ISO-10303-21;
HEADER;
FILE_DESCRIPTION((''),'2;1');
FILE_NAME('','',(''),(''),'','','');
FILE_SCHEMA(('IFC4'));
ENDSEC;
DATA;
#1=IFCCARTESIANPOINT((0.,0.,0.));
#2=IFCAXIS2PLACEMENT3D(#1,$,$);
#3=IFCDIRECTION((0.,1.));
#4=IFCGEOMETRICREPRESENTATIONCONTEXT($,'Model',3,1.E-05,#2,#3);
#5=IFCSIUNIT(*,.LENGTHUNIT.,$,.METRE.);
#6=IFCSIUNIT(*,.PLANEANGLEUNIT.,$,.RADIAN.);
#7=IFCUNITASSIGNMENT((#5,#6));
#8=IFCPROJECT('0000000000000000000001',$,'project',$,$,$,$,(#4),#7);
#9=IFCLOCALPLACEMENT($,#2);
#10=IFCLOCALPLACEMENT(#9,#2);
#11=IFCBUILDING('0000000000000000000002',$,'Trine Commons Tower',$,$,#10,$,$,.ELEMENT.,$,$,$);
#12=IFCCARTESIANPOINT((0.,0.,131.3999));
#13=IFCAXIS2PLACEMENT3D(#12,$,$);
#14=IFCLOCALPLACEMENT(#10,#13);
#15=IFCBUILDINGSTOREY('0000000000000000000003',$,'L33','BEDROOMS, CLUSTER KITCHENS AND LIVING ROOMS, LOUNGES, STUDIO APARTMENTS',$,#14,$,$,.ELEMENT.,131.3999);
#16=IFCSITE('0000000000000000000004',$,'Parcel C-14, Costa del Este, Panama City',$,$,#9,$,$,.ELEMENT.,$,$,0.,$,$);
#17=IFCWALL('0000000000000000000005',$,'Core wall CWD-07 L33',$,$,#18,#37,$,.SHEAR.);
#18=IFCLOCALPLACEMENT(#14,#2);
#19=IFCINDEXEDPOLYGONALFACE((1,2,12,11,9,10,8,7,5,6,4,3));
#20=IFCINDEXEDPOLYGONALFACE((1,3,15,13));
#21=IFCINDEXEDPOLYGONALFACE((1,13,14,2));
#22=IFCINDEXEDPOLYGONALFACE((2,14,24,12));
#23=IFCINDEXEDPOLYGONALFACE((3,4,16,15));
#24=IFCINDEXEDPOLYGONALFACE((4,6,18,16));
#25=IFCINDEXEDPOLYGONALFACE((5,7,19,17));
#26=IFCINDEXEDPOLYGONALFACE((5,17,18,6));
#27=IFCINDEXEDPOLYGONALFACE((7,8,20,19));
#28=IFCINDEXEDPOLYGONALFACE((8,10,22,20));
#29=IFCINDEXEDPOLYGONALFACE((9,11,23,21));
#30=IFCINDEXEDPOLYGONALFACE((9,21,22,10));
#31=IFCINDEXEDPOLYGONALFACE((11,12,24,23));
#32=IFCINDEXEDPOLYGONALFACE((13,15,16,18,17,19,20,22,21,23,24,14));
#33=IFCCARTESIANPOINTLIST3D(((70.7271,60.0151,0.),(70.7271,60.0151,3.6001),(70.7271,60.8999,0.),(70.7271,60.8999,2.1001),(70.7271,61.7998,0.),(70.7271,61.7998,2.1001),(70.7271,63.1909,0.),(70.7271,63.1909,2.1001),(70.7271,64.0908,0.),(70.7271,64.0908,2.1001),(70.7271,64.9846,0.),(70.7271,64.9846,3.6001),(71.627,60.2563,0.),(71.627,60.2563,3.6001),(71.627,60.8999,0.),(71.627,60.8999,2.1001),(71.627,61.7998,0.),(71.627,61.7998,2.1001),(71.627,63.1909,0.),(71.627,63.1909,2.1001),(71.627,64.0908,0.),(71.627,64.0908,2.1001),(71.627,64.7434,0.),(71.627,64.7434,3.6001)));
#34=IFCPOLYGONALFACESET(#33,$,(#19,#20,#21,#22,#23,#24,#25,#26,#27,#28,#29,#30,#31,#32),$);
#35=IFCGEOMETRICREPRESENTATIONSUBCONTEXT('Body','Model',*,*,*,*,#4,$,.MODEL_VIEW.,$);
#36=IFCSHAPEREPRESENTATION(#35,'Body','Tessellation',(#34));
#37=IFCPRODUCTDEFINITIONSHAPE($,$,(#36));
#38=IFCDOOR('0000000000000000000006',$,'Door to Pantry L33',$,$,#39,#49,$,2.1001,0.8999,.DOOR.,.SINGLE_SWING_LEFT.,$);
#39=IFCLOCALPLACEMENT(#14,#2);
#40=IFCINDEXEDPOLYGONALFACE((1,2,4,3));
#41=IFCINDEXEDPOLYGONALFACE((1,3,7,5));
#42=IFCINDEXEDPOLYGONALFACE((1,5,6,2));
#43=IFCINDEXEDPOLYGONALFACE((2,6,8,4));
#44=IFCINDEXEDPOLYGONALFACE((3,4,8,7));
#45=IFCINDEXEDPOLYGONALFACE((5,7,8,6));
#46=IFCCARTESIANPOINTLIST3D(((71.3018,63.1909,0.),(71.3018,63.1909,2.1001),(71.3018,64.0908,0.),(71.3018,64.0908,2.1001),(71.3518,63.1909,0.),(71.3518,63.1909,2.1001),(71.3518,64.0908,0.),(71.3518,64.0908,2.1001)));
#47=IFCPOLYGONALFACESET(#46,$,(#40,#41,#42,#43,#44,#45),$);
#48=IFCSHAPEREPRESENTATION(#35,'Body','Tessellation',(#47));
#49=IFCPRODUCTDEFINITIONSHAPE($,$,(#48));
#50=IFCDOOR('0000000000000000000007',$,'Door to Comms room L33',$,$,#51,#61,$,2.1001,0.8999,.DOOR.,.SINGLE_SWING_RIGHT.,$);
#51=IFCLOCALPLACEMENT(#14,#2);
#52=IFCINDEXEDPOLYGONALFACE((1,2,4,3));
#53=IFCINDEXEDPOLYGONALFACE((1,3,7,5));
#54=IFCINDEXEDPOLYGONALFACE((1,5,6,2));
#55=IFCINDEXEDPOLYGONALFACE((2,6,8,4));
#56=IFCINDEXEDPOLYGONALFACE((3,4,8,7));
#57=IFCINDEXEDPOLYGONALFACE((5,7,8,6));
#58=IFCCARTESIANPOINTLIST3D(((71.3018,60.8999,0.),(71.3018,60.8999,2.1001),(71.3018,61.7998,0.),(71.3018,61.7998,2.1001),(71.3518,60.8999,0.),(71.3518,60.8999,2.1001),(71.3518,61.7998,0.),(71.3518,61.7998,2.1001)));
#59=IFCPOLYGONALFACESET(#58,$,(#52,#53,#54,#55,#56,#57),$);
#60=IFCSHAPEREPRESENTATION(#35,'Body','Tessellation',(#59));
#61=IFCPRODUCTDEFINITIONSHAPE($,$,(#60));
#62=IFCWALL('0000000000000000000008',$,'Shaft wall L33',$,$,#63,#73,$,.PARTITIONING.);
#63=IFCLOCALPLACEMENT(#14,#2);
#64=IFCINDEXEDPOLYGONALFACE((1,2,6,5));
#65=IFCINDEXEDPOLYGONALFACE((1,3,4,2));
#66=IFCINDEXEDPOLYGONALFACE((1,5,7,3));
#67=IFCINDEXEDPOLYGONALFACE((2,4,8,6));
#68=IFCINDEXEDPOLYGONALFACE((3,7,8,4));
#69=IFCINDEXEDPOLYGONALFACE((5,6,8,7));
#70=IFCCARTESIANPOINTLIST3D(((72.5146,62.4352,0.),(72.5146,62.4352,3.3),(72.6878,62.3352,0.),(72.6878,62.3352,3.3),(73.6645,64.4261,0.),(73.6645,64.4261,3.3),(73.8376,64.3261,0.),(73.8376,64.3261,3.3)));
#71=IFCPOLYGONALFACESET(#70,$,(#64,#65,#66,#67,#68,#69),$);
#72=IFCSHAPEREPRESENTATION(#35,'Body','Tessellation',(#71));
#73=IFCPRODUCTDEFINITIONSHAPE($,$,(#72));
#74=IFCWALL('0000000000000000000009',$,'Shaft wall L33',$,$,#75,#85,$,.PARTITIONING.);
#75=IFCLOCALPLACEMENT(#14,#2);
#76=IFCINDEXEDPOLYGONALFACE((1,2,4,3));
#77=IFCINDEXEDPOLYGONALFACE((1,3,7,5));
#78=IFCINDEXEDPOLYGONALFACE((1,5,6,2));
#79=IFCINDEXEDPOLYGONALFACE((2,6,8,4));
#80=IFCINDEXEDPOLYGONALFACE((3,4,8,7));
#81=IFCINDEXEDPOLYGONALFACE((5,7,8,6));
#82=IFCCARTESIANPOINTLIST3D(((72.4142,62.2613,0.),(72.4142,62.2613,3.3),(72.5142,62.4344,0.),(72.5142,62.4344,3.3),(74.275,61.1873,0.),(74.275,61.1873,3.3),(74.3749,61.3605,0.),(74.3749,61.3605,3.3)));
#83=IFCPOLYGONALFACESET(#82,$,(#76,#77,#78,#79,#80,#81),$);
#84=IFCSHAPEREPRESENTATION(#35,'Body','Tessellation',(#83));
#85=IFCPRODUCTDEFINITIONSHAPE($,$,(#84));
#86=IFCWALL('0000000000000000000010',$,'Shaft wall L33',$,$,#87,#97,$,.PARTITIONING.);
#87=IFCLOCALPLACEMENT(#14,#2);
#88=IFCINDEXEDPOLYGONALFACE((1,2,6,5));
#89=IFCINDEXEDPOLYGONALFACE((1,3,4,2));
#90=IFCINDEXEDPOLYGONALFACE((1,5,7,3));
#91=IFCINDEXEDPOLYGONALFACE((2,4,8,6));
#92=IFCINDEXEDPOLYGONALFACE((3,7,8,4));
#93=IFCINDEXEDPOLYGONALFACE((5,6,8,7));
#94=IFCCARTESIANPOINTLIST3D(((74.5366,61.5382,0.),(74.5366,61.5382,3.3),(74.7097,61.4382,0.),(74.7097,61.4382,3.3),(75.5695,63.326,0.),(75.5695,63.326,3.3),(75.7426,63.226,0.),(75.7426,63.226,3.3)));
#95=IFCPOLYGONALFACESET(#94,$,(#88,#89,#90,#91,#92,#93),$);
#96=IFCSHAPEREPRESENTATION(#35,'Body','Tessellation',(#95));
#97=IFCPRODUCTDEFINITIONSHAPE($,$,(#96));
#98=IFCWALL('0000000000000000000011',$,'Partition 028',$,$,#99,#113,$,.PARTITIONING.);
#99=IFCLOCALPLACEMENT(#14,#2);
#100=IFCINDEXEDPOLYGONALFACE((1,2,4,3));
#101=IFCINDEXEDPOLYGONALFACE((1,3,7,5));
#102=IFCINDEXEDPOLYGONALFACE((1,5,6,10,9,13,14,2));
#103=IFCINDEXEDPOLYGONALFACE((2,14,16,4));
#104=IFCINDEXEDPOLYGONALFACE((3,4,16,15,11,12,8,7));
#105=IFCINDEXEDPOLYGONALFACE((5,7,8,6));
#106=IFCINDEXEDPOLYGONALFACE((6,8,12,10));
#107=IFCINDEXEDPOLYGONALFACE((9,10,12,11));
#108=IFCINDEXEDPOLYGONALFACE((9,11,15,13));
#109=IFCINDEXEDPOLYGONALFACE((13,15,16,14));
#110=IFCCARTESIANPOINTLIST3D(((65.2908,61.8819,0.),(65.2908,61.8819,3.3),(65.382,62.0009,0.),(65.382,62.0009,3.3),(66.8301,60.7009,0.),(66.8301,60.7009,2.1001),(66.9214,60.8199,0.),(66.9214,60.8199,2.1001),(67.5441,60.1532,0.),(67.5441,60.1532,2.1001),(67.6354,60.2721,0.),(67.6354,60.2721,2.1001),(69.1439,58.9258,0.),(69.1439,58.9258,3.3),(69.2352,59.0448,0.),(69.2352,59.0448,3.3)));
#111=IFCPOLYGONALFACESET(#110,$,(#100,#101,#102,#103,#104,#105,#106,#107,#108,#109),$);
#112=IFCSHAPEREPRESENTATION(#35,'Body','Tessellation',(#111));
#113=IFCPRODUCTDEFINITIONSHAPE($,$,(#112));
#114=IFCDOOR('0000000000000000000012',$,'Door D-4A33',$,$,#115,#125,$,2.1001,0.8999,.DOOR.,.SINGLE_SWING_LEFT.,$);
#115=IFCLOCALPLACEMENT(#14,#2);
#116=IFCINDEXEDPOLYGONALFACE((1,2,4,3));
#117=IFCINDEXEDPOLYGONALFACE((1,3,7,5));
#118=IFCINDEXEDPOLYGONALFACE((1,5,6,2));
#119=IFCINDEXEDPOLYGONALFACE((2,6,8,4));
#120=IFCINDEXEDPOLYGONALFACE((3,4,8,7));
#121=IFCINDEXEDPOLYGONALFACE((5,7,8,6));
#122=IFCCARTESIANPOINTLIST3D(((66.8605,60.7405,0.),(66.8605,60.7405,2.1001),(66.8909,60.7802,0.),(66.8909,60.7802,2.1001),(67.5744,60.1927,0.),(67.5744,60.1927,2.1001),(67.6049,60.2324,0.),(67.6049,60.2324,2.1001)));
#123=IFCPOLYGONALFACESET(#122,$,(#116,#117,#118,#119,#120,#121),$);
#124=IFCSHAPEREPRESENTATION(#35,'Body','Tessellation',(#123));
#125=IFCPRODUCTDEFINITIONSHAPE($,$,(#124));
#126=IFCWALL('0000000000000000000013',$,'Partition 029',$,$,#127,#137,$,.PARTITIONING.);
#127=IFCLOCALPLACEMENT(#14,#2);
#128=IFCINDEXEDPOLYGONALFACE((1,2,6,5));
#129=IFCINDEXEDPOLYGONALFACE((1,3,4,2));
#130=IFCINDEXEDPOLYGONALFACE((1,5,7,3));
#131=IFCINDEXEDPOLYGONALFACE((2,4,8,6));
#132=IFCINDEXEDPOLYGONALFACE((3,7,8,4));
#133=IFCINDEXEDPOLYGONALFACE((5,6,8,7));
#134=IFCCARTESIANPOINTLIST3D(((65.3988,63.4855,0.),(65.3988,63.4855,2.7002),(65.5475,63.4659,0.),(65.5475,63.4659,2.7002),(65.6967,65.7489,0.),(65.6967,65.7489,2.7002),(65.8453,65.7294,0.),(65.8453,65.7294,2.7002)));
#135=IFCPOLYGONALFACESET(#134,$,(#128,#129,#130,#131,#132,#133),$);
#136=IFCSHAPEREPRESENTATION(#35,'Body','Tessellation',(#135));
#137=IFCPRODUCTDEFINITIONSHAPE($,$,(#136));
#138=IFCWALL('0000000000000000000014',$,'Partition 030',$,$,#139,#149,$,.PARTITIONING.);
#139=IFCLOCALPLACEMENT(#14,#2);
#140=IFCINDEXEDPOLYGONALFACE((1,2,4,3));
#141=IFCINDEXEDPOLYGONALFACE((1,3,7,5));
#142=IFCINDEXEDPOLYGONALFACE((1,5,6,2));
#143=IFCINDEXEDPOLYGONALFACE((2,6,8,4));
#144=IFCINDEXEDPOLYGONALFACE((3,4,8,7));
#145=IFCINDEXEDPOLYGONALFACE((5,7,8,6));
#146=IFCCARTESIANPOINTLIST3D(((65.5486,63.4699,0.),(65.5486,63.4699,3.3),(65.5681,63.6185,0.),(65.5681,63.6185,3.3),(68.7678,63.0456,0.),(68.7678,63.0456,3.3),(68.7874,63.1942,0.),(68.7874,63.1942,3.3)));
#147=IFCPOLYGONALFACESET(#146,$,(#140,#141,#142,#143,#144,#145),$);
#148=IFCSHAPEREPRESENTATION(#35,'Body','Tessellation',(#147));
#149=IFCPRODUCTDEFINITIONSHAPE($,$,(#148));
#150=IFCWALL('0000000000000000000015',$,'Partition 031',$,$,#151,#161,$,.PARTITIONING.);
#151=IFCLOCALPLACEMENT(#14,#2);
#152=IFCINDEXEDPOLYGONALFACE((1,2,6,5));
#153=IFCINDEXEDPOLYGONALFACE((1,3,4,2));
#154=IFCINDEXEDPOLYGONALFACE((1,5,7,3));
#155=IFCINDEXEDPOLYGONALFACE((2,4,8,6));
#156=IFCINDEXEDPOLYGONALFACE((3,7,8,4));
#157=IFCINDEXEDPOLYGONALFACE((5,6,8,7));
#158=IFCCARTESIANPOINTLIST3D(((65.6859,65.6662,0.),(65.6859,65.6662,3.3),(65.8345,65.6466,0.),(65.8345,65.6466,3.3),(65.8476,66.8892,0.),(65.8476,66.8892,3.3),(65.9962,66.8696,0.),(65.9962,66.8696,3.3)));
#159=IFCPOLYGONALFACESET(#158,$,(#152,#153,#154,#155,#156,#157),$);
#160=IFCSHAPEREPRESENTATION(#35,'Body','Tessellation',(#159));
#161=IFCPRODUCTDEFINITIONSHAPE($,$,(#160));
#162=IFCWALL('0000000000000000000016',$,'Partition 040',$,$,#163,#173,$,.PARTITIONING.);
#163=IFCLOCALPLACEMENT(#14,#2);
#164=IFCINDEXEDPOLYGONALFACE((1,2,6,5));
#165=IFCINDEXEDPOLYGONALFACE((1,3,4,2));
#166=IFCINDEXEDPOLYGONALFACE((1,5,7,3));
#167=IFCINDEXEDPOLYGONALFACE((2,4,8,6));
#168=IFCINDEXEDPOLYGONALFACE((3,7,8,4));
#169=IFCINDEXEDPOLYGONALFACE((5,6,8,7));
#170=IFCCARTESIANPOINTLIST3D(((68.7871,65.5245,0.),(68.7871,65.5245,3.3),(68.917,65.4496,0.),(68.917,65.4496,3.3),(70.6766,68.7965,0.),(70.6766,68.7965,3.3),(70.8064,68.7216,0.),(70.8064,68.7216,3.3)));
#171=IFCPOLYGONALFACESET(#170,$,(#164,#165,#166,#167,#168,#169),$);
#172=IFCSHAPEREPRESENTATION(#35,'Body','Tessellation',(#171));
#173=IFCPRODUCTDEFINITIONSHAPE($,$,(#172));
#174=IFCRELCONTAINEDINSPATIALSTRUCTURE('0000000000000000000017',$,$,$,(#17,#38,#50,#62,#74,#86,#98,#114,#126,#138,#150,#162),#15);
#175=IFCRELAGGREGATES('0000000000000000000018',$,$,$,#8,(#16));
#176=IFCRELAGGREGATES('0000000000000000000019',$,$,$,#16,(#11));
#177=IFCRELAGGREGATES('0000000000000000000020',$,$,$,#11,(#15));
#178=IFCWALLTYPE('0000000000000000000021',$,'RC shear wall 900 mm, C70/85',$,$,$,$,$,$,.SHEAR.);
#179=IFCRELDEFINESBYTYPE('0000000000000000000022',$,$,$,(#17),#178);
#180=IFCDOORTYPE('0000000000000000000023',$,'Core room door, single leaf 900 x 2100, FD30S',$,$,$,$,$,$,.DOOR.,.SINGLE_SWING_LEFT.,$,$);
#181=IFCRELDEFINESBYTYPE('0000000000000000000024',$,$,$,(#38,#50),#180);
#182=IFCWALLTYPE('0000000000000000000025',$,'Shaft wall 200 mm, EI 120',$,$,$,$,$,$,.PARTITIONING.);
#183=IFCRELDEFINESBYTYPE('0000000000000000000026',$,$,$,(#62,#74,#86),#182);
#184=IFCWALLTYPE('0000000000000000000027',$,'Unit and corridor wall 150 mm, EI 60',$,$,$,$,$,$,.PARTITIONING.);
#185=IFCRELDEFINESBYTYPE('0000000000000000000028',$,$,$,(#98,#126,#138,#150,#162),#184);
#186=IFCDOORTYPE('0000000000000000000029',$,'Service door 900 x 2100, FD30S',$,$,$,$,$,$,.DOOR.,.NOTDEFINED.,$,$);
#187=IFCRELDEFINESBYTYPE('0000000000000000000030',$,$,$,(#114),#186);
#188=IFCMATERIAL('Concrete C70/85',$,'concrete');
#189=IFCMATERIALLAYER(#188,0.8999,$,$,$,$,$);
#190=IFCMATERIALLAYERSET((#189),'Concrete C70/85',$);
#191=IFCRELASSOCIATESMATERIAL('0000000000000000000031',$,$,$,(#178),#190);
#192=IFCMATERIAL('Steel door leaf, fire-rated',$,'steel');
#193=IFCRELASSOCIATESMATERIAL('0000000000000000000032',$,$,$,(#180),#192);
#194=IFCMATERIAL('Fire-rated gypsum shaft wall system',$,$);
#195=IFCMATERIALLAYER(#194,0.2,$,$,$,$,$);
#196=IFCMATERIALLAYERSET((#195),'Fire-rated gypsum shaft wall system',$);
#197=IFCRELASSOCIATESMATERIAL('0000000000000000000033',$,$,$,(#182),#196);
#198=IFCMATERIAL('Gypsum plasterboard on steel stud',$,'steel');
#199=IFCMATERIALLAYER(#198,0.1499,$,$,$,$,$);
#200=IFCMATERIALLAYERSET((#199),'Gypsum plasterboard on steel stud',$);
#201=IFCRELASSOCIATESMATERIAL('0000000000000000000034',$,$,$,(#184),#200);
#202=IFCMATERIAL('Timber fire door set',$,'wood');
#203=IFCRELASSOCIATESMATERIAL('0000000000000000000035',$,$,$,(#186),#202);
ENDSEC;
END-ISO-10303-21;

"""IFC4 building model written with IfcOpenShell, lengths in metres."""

from ifc_helpers import new_model, si_unit, direction, frame, frame_2d, origin, place, context, subcontext, project, spatial, polyline, rectangle, outline, extrude, material, layer, layer_set, type_object, element, fill, save


model = new_model("IFC4")

# Units and contexts
model_context = context("Model", 3, precision=1e-05, world=origin(), true_north=direction((0.0, 1.0)))
body_context = subcontext(model_context, "Body", "Model", "MODEL_VIEW")
ifc_project = project(units=[si_unit("LENGTHUNIT", "METRE"), si_unit("PLANEANGLEUNIT", "RADIAN")], contexts=[model_context])

# Site, building, storey
site_placement = place(None, origin())
site = spatial("IfcSite", under=ifc_project, at=site_placement, Name="Parcel C-14, Costa del Este, Panama City", CompositionType="ELEMENT", RefElevation=0.0)
building_placement = place(site_placement, origin())
building = spatial("IfcBuilding", under=site, at=building_placement, Name="Trine Commons Tower", CompositionType="ELEMENT")
storey_placement = place(building_placement, frame((0.0, 0.0, 131.3999)))
storey = spatial("IfcBuildingStorey", under=building, at=storey_placement, Name="L33", Description="BEDROOMS, CLUSTER KITCHENS AND LIVING ROOMS, LOUNGES, STUDIO APARTMENTS", CompositionType="ELEMENT", Elevation=131.3999)

# Shared definitions
ifc_material_1 = material(Name="Fire-rated gypsum shaft wall system")
ifc_material_2 = material(Name="Steel door leaf, fire-rated", Category="steel")
ifc_material_3 = material(Name="Concrete C70/85", Category="concrete")

# Wall, openings, doors
ifc_layer_1 = layer(ifc_material_3, 0.8999)
ifc_layer_set_1 = layer_set([ifc_layer_1], Name="Concrete C70/85")
wall_type_1 = type_object("IfcWallType", Name="RC shear wall 900 mm, C70/85", PredefinedType="SHEAR", material=ifc_layer_set_1)
wall_1_placement = place(storey_placement, frame((71.177, 64.9846, 0.0), z_axis=(0.0, 0.0, 1.0), x_axis=(0.0, -1.0, 0.0)))
wall_1 = element("IfcWall", 1, at=wall_1_placement, inside=storey, type_object=wall_type_1, Name="Core wall CWD-07 L33", PredefinedType="SHEAR", context=body_context, shape_type="SweptSolid", body=[
    extrude(outline(polyline([(0.0, -0.45), (4.9695, -0.45), (4.7283, 0.45), (0.2412, 0.45), (0.0, -0.45)])), origin(), (0.0, 0.0, 1.0), 3.6001),
])
opening_1_placement = place(wall_1_placement, frame((0.8938, 0.0, 0.0)))
opening_1 = element("IfcOpeningElement", 2, at=opening_1_placement, cuts=wall_1, PredefinedType="OPENING", context=body_context, shape_type="SweptSolid", body=[
    extrude(rectangle(XDim=0.8999, YDim=2.1001, at=frame_2d((0.45, 1.05))), frame((0.0, 0.46, 0.0), z_axis=(0.0, -1.0, 0.0), x_axis=(1.0, 0.0, 0.0)), (0.0, 0.0, 1.0), 0.9199),
])
opening_2_placement = place(wall_1_placement, frame((3.1848, 0.0, 0.0)))
opening_2 = element("IfcOpeningElement", 3, at=opening_2_placement, cuts=wall_1, PredefinedType="OPENING", context=body_context, shape_type="SweptSolid", body=[
    extrude(rectangle(XDim=0.8999, YDim=2.1001, at=frame_2d((0.45, 1.05))), frame((0.0, 0.46, 0.0), z_axis=(0.0, -1.0, 0.0), x_axis=(1.0, 0.0, 0.0)), (0.0, 0.0, 1.0), 0.9199),
])
door_type_1 = type_object("IfcDoorType", Name="Core room door, single leaf 900 x 2100, FD30S", OperationType="SINGLE_SWING_LEFT", PredefinedType="DOOR", material=ifc_material_2)
door_1_placement = place(opening_1_placement, origin())
door_1 = element("IfcDoor", 4, at=door_1_placement, inside=storey, type_object=door_type_1, Name="Door to Pantry L33", OperationType="SINGLE_SWING_LEFT", OverallHeight=2.1001, OverallWidth=0.8999, PredefinedType="DOOR", context=body_context, shape_type="SweptSolid", body=[
    extrude(rectangle(XDim=0.8999, YDim=2.1001, at=frame_2d((0.45, 1.05))), frame((0.0, 0.1748, 0.0), z_axis=(0.0, -1.0, 0.0), x_axis=(1.0, 0.0, 0.0)), (0.0, 0.0, 1.0), 0.05),
])
fill(opening_1, door_1)
door_2_placement = place(opening_2_placement, origin())
door_2 = element("IfcDoor", 5, at=door_2_placement, inside=storey, type_object=door_type_1, Name="Door to Comms room L33", OperationType="SINGLE_SWING_RIGHT", OverallHeight=2.1001, OverallWidth=0.8999, PredefinedType="DOOR", context=body_context, shape_type="SweptSolid", body=[
    extrude(rectangle(XDim=0.8999, YDim=2.1001, at=frame_2d((0.45, 1.05))), frame((0.0, 0.1748, 0.0), z_axis=(0.0, -1.0, 0.0), x_axis=(1.0, 0.0, 0.0)), (0.0, 0.0, 1.0), 0.05),
])
fill(opening_2, door_2)

# Walls
ifc_layer_2 = layer(ifc_material_1, 0.2)
ifc_layer_set_2 = layer_set([ifc_layer_2], Name="Fire-rated gypsum shaft wall system")
wall_type_2 = type_object("IfcWallType", Name="Shaft wall 200 mm, EI 120", PredefinedType="PARTITIONING", material=ifc_layer_set_2)
wall_2_placement = place(storey_placement, frame((73.751, 64.376, 0.0), z_axis=(0.0, 0.0, 1.0), x_axis=(-0.500136, -0.865947, 0.0)))
element("IfcWall", 6, at=wall_2_placement, inside=storey, type_object=wall_type_2, Name="Shaft wall L33", PredefinedType="PARTITIONING", context=body_context, shape_type="SweptSolid", body=[
    extrude(rectangle(XDim=2.2991, YDim=0.2, at=frame_2d((1.1494, 0.0))), origin(), (0.0, 0.0, 1.0), 3.3),
])
wall_3_placement = place(storey_placement, frame((74.325, 61.2739, 0.0), z_axis=(0.0, 0.0, 1.0), x_axis=(-0.866102, 0.499867, 0.0)))
element("IfcWall", 7, at=wall_3_placement, inside=storey, type_object=wall_type_2, Name="Shaft wall L33", PredefinedType="PARTITIONING", context=body_context, shape_type="SweptSolid", body=[
    extrude(rectangle(XDim=2.1484, YDim=0.2, at=frame_2d((1.0742, 0.0))), origin(), (0.0, 0.0, 1.0), 3.3),
])
wall_4_placement = place(storey_placement, frame((75.656, 63.2759, 0.0), z_axis=(0.0, 0.0, 1.0), x_axis=(-0.500272, -0.865868, 0.0)))
element("IfcWall", 8, at=wall_4_placement, inside=storey, type_object=wall_type_2, Name="Shaft wall L33", PredefinedType="PARTITIONING", context=body_context, shape_type="SweptSolid", body=[
    extrude(rectangle(XDim=2.0647, YDim=0.2, at=frame_2d((1.0322, 0.0))), origin(), (0.0, 0.0, 1.0), 3.3),
])

# Wall, opening, door
ifc_material_4 = material(Name="Gypsum plasterboard on steel stud", Category="steel")
ifc_layer_3 = layer(ifc_material_4, 0.1499)
ifc_layer_set_3 = layer_set([ifc_layer_3], Name="Gypsum plasterboard on steel stud")
wall_type_3 = type_object("IfcWallType", Name="Unit and corridor wall 150 mm, EI 60", PredefinedType="PARTITIONING", material=ifc_layer_set_3)
wall_5_placement = place(storey_placement, frame((65.3364, 61.9414, 0.0), z_axis=(0.0, 0.0, 1.0), x_axis=(0.793401, -0.6087, 0.0)))
wall_5 = element("IfcWall", 9, at=wall_5_placement, inside=storey, type_object=wall_type_3, Name="Partition 028", PredefinedType="PARTITIONING", context=body_context, shape_type="SweptSolid", body=[
    extrude(rectangle(XDim=4.8564, YDim=0.1499, at=frame_2d((2.4282, 0.0))), origin(), (0.0, 0.0, 1.0), 3.3),
])
opening_3_placement = place(wall_5_placement, frame((1.9402, 0.0, 0.0)))
opening_3 = element("IfcOpeningElement", 10, at=opening_3_placement, cuts=wall_5, PredefinedType="OPENING", context=body_context, shape_type="SweptSolid", body=[
    extrude(rectangle(XDim=0.8999, YDim=2.1001, at=frame_2d((0.45, 1.05))), frame((0.0, 0.085, 0.0), z_axis=(0.0, -1.0, 0.0), x_axis=(1.0, 0.0, 0.0)), (0.0, 0.0, 1.0), 0.1699),
])
ifc_material_5 = material(Name="Timber fire door set", Category="wood")
door_type_2 = type_object("IfcDoorType", Name="Service door 900 x 2100, FD30S", OperationType="NOTDEFINED", PredefinedType="DOOR", material=ifc_material_5)
door_3_placement = place(opening_3_placement, origin())
door_3 = element("IfcDoor", 11, at=door_3_placement, inside=storey, type_object=door_type_2, Name="Door D-4A33", OperationType="SINGLE_SWING_LEFT", OverallHeight=2.1001, OverallWidth=0.8999, PredefinedType="DOOR", context=body_context, shape_type="SweptSolid", body=[
    extrude(rectangle(XDim=0.8999, YDim=2.1001, at=frame_2d((0.45, 1.05))), frame((0.0, 0.0249, 0.0), z_axis=(0.0, -1.0, 0.0), x_axis=(1.0, 0.0, 0.0)), (0.0, 0.0, 1.0), 0.05),
])
fill(opening_3, door_3)

# Walls
wall_6_placement = place(storey_placement, frame((65.4731, 63.4756, 0.0), z_axis=(0.0, 0.0, 1.0), x_axis=(0.130468, 0.991452, 0.0)))
element("IfcWall", 12, at=wall_6_placement, inside=storey, type_object=wall_type_3, Name="Partition 029", PredefinedType="PARTITIONING", context=body_context, shape_type="SweptSolid", body=[
    extrude(rectangle(XDim=2.283, YDim=0.1499, at=frame_2d((1.1416, 0.0))), origin(), (0.0, 0.0, 1.0), 2.7002),
])
wall_7_placement = place(storey_placement, frame((65.5583, 63.5442, 0.0), z_axis=(0.0, 0.0, 1.0), x_axis=(0.991425, -0.130676, 0.0)))
element("IfcWall", 13, at=wall_7_placement, inside=storey, type_object=wall_type_3, Name="Partition 030", PredefinedType="PARTITIONING", context=body_context, shape_type="SweptSolid", body=[
    extrude(rectangle(XDim=3.2471, YDim=0.1499, at=frame_2d((1.6235, 0.0))), origin(), (0.0, 0.0, 1.0), 3.3),
])
wall_8_placement = place(storey_placement, frame((65.7603, 65.6565, 0.0), z_axis=(0.0, 0.0, 1.0), x_axis=(0.131023, 0.991379, 0.0)))
element("IfcWall", 14, at=wall_8_placement, inside=storey, type_object=wall_type_3, Name="Partition 031", PredefinedType="PARTITIONING", context=body_context, shape_type="SweptSolid", body=[
    extrude(rectangle(XDim=1.2336, YDim=0.1499, at=frame_2d((0.6167, 0.0))), origin(), (0.0, 0.0, 1.0), 3.3),
])
wall_9_placement = place(storey_placement, frame((68.8521, 65.4871, 0.0), z_axis=(0.0, 0.0, 1.0), x_axis=(0.500066, 0.865988, 0.0)))
element("IfcWall", 15, at=wall_9_placement, inside=storey, type_object=wall_type_3, Name="Partition 040", PredefinedType="PARTITIONING", context=body_context, shape_type="SweptSolid", body=[
    extrude(rectangle(XDim=3.7783, YDim=0.1499, at=frame_2d((1.8892, 0.0))), origin(), (0.0, 0.0, 1.0), 3.3),
])

save(model, "model.ifc")
